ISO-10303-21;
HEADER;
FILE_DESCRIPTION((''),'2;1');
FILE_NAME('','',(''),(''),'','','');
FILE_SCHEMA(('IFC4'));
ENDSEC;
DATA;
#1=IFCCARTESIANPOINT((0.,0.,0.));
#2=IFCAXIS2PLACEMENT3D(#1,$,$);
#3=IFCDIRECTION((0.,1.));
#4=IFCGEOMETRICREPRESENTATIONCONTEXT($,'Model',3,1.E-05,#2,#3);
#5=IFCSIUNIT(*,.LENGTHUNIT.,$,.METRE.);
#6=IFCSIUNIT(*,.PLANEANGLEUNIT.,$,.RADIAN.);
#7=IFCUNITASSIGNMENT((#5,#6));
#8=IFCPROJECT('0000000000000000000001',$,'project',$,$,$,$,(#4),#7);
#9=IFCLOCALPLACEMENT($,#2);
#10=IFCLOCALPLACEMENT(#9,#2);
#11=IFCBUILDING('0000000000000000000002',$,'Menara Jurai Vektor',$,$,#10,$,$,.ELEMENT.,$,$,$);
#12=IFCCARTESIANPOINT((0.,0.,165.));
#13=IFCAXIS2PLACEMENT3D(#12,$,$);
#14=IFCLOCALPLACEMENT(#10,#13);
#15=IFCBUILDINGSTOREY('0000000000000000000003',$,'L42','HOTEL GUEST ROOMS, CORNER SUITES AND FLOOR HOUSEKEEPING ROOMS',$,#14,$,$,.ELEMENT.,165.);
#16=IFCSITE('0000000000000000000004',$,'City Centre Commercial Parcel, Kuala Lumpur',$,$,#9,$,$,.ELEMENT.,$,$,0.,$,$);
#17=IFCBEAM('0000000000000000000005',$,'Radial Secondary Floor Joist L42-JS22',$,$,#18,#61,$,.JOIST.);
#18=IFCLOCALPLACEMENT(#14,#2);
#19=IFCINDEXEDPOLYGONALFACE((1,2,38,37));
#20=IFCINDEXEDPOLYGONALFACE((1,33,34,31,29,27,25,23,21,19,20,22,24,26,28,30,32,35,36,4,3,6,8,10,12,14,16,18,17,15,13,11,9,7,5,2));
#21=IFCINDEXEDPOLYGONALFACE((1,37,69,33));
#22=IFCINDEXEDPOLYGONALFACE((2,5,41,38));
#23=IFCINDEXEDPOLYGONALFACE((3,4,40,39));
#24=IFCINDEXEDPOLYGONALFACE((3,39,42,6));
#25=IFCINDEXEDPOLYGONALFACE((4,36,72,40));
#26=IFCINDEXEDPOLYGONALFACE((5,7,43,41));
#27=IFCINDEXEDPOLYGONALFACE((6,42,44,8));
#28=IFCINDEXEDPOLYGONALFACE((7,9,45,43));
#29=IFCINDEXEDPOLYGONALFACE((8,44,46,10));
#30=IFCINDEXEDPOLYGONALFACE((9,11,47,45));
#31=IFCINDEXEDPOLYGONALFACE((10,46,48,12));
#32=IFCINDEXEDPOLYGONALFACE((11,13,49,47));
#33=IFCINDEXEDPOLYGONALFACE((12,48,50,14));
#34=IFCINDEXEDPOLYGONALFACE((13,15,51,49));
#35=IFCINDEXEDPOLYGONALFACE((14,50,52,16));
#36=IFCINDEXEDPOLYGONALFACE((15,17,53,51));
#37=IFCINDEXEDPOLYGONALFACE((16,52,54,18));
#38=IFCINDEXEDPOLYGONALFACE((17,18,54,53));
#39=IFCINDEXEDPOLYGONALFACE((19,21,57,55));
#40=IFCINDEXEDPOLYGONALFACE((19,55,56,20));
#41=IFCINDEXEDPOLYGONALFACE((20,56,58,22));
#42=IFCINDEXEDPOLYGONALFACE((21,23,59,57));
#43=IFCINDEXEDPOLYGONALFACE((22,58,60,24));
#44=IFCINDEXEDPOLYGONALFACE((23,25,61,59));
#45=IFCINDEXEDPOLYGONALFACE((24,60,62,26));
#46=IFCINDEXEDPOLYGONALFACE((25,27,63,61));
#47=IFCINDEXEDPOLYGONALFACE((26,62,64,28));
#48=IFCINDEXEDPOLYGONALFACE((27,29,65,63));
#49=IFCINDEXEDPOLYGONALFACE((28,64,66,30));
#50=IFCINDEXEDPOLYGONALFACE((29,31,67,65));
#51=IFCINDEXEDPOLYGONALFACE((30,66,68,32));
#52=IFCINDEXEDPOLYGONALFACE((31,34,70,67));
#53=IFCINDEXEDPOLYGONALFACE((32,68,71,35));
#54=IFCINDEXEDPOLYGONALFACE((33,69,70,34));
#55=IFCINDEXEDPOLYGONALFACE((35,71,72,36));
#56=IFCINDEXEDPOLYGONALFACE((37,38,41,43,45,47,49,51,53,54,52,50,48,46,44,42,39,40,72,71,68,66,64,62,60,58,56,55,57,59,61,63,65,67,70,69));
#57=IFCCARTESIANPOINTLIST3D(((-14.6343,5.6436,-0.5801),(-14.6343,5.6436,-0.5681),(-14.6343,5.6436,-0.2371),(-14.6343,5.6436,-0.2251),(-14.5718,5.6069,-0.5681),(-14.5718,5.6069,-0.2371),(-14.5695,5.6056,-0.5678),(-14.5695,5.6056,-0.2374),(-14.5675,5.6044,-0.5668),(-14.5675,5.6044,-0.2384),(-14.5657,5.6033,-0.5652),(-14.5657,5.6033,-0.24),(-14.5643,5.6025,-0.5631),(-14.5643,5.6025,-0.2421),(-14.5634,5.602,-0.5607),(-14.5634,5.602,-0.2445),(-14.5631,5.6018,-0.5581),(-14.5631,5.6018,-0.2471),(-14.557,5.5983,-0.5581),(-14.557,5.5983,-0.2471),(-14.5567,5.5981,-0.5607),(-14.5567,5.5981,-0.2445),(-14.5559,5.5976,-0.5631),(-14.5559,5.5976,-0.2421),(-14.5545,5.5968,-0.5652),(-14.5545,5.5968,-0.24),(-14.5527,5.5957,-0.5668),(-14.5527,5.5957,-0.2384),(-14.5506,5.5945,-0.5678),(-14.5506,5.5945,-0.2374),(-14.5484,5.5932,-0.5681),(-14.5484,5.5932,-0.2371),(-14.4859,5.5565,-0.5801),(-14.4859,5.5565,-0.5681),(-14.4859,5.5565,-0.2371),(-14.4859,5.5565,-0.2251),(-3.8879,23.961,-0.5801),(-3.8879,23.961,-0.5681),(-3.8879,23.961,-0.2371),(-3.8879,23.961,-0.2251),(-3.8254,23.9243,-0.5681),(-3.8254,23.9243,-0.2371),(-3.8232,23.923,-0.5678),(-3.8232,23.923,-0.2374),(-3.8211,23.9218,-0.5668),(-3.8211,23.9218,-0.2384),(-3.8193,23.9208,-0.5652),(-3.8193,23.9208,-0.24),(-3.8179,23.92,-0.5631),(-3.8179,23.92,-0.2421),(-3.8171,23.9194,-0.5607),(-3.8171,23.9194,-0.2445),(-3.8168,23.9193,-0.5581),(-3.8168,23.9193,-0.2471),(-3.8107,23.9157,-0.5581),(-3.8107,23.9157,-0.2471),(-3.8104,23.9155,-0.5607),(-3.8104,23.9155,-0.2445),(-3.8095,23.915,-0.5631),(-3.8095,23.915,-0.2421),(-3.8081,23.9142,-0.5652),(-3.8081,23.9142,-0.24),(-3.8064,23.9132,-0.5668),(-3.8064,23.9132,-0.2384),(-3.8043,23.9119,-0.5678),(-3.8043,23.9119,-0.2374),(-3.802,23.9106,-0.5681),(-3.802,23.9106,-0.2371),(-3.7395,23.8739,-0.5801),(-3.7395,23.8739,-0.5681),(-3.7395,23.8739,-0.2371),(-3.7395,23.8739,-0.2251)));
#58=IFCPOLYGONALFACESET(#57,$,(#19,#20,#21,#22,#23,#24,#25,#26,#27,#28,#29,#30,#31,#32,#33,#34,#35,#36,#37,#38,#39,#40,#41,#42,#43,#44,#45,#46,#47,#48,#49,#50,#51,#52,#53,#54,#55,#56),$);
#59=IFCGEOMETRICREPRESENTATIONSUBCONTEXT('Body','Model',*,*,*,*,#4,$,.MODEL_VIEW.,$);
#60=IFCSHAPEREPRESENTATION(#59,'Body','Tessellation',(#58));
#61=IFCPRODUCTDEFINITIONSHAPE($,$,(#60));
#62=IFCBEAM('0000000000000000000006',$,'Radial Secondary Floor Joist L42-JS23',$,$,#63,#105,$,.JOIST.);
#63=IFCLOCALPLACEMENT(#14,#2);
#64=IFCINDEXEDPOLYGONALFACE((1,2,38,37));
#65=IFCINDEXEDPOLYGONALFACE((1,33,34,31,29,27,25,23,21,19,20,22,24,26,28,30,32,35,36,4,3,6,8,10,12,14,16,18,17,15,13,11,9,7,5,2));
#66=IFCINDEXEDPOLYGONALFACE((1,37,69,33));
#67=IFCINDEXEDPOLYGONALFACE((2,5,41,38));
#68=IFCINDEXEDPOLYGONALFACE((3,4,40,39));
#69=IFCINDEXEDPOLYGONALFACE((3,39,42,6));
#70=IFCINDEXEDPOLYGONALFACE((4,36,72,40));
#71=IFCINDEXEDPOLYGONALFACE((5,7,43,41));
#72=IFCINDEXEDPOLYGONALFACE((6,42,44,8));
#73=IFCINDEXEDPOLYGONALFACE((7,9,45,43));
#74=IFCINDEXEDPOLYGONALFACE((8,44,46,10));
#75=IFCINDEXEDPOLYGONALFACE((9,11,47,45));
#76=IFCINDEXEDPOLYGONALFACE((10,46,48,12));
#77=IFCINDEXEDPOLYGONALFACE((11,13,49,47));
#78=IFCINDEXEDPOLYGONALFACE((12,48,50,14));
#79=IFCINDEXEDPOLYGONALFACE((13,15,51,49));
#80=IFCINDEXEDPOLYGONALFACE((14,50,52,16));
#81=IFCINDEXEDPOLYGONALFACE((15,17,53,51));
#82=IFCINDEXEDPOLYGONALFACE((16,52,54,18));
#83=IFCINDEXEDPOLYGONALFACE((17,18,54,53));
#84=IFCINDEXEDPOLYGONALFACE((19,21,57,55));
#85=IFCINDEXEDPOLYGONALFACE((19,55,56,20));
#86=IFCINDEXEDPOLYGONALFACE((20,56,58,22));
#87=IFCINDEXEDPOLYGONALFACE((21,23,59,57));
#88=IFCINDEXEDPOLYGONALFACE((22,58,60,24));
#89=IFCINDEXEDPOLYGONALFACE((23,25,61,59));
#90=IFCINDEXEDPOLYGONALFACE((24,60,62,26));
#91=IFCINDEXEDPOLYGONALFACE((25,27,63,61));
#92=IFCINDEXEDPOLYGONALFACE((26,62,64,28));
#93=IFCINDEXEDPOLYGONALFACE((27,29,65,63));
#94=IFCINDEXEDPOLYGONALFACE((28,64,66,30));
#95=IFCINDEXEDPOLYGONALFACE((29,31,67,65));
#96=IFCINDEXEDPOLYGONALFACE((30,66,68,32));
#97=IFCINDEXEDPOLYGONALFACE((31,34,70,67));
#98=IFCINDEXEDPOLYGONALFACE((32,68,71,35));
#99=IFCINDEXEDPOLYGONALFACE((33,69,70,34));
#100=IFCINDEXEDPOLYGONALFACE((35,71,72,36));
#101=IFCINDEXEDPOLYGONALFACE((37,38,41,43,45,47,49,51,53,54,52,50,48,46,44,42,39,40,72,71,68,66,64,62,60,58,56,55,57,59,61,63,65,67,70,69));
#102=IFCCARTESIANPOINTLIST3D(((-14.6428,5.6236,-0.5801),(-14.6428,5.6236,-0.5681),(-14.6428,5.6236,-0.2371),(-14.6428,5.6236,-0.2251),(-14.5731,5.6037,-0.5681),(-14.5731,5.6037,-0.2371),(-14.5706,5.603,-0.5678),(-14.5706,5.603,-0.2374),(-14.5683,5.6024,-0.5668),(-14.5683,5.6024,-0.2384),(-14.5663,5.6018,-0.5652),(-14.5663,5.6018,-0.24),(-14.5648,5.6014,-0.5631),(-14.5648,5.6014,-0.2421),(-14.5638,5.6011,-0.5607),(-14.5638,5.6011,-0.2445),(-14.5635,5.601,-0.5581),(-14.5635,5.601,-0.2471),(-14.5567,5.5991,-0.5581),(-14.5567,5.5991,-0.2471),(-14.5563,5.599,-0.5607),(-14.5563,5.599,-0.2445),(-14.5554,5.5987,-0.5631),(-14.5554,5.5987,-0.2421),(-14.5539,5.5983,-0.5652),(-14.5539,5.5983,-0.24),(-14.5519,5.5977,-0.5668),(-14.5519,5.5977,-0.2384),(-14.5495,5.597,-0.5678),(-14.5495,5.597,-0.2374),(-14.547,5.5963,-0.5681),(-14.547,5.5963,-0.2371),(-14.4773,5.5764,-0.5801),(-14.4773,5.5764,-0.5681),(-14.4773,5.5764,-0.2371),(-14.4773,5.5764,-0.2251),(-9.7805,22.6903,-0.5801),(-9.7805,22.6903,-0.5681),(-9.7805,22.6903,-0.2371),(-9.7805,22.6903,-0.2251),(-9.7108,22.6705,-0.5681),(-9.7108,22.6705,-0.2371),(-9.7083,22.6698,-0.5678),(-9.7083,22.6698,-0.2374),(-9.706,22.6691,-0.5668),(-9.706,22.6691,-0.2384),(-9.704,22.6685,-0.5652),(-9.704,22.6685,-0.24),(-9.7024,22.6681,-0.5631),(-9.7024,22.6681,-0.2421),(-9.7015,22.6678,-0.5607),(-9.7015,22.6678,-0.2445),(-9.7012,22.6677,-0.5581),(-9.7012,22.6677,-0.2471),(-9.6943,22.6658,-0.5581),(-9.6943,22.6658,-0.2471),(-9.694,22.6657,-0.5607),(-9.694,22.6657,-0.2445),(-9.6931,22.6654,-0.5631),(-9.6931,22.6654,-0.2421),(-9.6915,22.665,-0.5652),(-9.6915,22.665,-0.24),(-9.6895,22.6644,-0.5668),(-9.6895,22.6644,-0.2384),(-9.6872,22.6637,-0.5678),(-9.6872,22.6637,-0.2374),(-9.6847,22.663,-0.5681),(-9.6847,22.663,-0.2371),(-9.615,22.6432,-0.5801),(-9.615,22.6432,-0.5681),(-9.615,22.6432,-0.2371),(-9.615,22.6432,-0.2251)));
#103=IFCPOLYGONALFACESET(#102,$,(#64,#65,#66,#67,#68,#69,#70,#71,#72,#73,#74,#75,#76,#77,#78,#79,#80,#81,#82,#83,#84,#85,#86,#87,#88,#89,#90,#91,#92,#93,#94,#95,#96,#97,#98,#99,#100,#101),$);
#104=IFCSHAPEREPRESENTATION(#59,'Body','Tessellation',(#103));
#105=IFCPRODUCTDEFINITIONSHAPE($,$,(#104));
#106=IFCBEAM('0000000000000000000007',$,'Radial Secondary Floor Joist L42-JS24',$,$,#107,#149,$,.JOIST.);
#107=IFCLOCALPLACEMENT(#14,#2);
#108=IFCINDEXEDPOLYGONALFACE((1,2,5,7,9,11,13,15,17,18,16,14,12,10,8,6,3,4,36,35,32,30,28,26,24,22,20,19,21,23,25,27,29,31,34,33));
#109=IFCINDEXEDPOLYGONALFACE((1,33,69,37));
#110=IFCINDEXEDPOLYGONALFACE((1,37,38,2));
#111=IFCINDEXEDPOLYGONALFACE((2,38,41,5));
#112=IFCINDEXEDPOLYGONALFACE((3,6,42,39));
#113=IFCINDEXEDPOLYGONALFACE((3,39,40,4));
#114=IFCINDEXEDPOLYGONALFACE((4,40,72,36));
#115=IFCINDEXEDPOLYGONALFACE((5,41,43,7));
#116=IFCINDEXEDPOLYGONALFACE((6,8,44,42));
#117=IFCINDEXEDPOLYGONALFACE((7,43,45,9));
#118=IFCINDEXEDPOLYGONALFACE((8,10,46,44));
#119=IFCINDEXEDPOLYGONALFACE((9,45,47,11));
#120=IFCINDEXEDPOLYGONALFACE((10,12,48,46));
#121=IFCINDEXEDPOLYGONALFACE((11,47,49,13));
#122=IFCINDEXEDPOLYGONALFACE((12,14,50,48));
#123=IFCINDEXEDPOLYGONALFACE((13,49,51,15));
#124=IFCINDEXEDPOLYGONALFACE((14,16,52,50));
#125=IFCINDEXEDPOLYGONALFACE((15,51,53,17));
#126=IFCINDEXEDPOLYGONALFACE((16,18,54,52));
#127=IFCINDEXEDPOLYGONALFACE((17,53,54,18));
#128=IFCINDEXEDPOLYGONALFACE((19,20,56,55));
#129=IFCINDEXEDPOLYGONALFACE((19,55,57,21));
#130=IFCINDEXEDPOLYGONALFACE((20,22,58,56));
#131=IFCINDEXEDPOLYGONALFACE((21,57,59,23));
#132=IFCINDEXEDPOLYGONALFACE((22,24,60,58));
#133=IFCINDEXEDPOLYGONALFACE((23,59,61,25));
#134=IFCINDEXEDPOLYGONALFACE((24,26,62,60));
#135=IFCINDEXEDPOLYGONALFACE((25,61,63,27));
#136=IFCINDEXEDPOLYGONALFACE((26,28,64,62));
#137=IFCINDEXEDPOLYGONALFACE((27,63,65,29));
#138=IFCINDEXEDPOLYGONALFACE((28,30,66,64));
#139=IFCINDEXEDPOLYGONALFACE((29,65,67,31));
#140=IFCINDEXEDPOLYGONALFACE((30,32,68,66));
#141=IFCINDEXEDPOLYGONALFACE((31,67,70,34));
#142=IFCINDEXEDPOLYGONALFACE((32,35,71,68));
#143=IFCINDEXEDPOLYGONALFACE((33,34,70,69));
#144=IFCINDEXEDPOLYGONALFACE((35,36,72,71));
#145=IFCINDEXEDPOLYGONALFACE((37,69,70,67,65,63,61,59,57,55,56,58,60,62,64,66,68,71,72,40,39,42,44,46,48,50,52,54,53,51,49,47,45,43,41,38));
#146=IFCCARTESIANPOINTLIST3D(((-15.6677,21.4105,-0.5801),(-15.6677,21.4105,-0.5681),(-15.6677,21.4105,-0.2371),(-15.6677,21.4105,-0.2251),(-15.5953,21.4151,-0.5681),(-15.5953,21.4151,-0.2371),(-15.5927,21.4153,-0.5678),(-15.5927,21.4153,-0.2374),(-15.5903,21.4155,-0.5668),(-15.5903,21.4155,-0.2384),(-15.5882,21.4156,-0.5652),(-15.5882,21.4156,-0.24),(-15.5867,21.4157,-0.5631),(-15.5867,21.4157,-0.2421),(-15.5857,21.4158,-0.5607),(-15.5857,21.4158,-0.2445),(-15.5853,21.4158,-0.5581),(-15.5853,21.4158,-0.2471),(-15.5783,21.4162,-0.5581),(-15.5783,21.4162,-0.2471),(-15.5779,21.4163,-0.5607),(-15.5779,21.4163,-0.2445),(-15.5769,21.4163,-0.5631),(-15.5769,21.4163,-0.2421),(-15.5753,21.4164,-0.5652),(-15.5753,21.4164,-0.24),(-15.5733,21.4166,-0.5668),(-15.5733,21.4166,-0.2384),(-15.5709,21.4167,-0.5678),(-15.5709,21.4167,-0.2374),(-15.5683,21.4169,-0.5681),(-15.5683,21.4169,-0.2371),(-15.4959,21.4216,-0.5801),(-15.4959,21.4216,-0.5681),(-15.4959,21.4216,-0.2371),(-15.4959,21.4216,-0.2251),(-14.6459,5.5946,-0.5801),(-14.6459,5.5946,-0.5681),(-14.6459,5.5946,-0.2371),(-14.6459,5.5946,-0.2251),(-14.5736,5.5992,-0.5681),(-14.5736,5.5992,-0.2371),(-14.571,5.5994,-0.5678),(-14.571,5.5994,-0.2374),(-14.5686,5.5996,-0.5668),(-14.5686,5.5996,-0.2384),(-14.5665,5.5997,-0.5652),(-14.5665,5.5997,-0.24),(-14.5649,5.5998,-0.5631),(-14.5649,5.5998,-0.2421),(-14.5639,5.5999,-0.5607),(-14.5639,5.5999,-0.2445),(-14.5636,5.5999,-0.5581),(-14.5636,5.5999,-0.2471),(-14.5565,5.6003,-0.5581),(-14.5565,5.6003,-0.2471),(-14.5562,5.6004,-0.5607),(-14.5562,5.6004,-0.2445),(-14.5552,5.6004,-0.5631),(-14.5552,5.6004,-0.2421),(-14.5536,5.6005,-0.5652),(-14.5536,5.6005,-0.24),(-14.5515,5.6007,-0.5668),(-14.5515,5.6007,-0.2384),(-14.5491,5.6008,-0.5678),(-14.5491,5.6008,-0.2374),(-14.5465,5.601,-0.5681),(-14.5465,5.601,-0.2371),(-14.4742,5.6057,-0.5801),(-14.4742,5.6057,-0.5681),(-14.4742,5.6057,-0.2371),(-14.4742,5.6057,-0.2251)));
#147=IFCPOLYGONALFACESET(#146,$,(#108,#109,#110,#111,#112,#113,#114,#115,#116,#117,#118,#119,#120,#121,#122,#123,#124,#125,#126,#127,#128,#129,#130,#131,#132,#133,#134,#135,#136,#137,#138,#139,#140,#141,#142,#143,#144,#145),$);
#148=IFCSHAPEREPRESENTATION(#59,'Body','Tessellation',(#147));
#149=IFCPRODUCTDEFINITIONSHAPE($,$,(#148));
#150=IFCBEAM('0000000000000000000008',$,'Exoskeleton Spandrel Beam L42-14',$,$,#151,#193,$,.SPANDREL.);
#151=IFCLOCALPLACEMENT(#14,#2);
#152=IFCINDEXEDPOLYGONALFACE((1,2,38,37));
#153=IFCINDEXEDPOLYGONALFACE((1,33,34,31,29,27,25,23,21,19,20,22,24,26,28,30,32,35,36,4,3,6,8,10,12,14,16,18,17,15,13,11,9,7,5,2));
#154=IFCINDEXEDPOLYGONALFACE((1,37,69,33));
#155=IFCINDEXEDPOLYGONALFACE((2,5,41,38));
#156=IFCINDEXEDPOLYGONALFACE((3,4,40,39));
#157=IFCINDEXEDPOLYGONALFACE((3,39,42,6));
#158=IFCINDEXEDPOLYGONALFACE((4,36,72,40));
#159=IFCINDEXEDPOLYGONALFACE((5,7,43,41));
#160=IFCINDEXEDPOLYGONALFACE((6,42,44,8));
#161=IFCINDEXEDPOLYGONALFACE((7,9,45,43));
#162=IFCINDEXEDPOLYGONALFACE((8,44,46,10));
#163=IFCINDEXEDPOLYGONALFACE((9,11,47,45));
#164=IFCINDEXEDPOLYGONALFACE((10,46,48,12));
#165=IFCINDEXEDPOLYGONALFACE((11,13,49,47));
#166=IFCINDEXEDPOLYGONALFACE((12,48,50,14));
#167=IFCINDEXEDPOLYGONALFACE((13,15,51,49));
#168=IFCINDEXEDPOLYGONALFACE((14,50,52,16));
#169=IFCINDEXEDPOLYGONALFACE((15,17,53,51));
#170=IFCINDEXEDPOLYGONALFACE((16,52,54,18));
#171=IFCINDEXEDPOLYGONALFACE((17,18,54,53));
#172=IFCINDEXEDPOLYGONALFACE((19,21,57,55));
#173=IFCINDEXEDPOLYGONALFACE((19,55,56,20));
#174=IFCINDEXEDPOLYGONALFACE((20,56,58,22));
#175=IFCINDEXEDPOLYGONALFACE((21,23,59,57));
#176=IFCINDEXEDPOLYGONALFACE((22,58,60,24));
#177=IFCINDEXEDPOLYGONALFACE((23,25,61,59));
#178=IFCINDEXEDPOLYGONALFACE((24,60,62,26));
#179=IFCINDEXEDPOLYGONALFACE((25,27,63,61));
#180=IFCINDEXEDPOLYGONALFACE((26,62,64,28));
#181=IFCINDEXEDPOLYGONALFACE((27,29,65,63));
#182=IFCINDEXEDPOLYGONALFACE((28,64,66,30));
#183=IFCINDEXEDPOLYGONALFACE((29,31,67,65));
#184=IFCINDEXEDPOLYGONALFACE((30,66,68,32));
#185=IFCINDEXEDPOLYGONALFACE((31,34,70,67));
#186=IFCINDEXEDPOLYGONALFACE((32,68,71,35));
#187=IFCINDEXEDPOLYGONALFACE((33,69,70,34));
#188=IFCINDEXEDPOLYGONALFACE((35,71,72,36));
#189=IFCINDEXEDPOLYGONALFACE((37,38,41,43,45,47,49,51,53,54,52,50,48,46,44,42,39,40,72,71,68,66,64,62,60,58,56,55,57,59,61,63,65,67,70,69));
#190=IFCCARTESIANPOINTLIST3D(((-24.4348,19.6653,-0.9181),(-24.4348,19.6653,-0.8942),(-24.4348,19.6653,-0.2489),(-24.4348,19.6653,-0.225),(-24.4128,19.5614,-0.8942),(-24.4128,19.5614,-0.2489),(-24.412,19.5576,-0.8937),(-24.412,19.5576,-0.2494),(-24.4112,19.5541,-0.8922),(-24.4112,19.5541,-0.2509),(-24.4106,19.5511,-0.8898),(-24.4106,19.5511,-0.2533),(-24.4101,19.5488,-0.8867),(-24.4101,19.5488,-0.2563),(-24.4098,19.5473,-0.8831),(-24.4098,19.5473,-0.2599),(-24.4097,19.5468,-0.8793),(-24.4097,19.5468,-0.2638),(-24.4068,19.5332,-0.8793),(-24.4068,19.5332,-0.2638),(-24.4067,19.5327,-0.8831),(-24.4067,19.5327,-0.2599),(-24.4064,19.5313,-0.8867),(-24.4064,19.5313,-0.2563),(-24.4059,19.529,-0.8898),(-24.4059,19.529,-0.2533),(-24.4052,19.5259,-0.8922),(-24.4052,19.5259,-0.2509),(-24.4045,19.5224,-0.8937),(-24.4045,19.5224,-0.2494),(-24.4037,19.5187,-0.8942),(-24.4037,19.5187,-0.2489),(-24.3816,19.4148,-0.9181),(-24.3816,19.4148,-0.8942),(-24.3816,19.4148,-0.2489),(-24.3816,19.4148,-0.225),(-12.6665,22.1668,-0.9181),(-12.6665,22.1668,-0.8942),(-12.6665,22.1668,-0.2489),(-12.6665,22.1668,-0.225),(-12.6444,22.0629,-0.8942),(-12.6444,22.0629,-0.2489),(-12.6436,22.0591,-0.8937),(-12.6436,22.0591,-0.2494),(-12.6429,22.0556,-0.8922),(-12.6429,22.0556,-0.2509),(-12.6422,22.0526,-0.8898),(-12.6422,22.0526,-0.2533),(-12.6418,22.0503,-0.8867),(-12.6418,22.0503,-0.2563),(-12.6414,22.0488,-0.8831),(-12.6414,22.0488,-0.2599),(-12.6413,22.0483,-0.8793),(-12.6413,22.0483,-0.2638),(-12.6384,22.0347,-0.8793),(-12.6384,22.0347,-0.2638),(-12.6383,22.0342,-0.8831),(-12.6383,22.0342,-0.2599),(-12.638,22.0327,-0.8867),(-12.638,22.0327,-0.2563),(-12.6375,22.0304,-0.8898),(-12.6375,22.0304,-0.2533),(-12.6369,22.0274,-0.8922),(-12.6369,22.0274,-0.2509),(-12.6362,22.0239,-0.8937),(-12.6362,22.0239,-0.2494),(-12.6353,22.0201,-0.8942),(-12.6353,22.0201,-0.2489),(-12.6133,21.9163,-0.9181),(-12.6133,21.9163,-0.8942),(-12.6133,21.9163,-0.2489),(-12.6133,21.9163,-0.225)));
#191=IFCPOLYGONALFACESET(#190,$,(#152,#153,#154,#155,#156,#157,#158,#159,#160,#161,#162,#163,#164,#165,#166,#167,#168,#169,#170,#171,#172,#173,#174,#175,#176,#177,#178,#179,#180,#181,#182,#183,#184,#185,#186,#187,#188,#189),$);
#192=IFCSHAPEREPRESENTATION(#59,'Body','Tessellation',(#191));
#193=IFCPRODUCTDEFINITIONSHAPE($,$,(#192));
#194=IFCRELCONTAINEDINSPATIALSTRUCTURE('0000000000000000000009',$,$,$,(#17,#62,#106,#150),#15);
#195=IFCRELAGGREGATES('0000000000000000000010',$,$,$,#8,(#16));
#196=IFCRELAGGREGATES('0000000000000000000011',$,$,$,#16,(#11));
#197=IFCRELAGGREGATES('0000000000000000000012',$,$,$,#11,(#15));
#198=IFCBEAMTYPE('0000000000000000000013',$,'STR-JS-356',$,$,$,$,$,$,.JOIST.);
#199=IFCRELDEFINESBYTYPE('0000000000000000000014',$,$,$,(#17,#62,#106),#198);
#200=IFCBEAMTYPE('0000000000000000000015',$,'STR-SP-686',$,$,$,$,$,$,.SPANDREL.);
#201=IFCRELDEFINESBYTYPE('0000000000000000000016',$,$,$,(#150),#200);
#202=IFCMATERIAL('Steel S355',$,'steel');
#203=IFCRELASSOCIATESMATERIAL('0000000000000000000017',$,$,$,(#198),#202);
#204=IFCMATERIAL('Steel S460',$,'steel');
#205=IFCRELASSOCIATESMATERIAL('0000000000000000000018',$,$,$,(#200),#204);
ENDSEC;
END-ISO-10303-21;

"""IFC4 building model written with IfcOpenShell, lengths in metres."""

from ifc_helpers import new_model, si_unit, direction, frame, origin, origin_2d, place, context, subcontext, project, spatial, i_section, extrude, material, material_profile, profile_set, type_object, element, save


model = new_model("IFC4")

# Units and contexts
model_context = context("Model", 3, precision=1e-05, world=origin(), true_north=direction((0.0, 1.0)))
body_context = subcontext(model_context, "Body", "Model", "MODEL_VIEW")
ifc_project = project(units=[si_unit("LENGTHUNIT", "METRE"), si_unit("PLANEANGLEUNIT", "RADIAN")], contexts=[model_context])

# Site, building, storey
site_placement = place(None, origin())
site = spatial("IfcSite", under=ifc_project, at=site_placement, Name="City Centre Commercial Parcel, Kuala Lumpur", CompositionType="ELEMENT", RefElevation=0.0)
building_placement = place(site_placement, origin())
building = spatial("IfcBuilding", under=site, at=building_placement, Name="Menara Jurai Vektor", CompositionType="ELEMENT")
storey_placement = place(building_placement, frame((0.0, 0.0, 165.0)))
storey = spatial("IfcBuildingStorey", under=building, at=storey_placement, Name="L42", Description="HOTEL GUEST ROOMS, CORNER SUITES AND FLOOR HOUSEKEEPING ROOMS", CompositionType="ELEMENT", Elevation=165.0)

# Shared definitions
ifc_material_1 = material(Name="Steel S460", Category="steel")

# Beams
ifc_material_2 = material(Name="Steel S355", Category="steel")
ifc_material_profile_1 = material_profile(ifc_material_2, i_section(OverallWidth=0.1721, OverallDepth=0.355, WebThickness=0.0071, FlangeThickness=0.012, FilletRadius=0.01, at=origin_2d()), Name="UKB 356x171x51")
ifc_profile_set_1 = profile_set([ifc_material_profile_1], Name="Steel S355")
beam_type_1 = type_object("IfcBeamType", Name="STR-JS-356", PredefinedType="JOIST", material=ifc_profile_set_1)
beam_1_placement = place(storey_placement, frame((-3.8137, 23.9175, -0.4026), z_axis=(-0.50602, -0.862522, 0.0), x_axis=(0.862522, -0.50602, 0.0)))
element("IfcBeam", 1, at=beam_1_placement, inside=storey, type_object=beam_type_1, Name="Radial Secondary Floor Joist L42-JS22", PredefinedType="JOIST", context=body_context, shape_type="SweptSolid", body=[
    extrude(i_section(OverallWidth=0.1721, OverallDepth=0.355, WebThickness=0.0071, FlangeThickness=0.012, FilletRadius=0.01, at=origin_2d()), origin(), (0.0, 0.0, 1.0), 21.2371),
])
beam_2_placement = place(storey_placement, frame((-9.6978, 22.6667, -0.4026), z_axis=(-0.273998, -0.96173, 0.0), x_axis=(0.96173, -0.273998, 0.0)))
element("IfcBeam", 2, at=beam_2_placement, inside=storey, type_object=beam_type_1, Name="Radial Secondary Floor Joist L42-JS23", PredefinedType="JOIST", context=body_context, shape_type="SweptSolid", body=[
    extrude(i_section(OverallWidth=0.1721, OverallDepth=0.355, WebThickness=0.0071, FlangeThickness=0.012, FilletRadius=0.01, at=origin_2d()), origin(), (0.0, 0.0, 1.0), 17.7458),
])
beam_3_placement = place(storey_placement, frame((-15.5818, 21.416, -0.4026), z_axis=(0.064467, -0.99792, 0.0), x_axis=(0.99792, 0.064467, 0.0)))
element("IfcBeam", 3, at=beam_3_placement, inside=storey, type_object=beam_type_1, Name="Radial Secondary Floor Joist L42-JS24", PredefinedType="JOIST", context=body_context, shape_type="SweptSolid", body=[
    extrude(i_section(OverallWidth=0.1721, OverallDepth=0.355, WebThickness=0.0071, FlangeThickness=0.012, FilletRadius=0.01, at=origin_2d()), origin(), (0.0, 0.0, 1.0), 15.8489),
])
ifc_material_profile_2 = material_profile(ifc_material_1, i_section(OverallWidth=0.2561, OverallDepth=0.6931, WebThickness=0.0139, FlangeThickness=0.0239, FilletRadius=0.0149, at=origin_2d()), Name="UKB 686x254x170")
ifc_profile_set_2 = profile_set([ifc_material_profile_2], Name="Steel S460")
beam_type_2 = type_object("IfcBeamType", Name="STR-SP-686", PredefinedType="SPANDREL", material=ifc_profile_set_2)
beam_4_placement = place(storey_placement, frame((-12.6399, 22.0415, -0.5715), z_axis=(-0.978147, -0.207914, 0.0), x_axis=(0.207914, -0.978147, 0.0)))
element("IfcBeam", 4, at=beam_4_placement, inside=storey, type_object=beam_type_2, Name="Exoskeleton Spandrel Beam L42-14", PredefinedType="SPANDREL", context=body_context, shape_type="SweptSolid", body=[
    extrude(i_section(OverallWidth=0.2561, OverallDepth=0.6931, WebThickness=0.0139, FlangeThickness=0.0239, FilletRadius=0.0149, at=origin_2d()), origin(), (0.0, 0.0, 1.0), 12.0312),
])

save(model, "model.ifc")
